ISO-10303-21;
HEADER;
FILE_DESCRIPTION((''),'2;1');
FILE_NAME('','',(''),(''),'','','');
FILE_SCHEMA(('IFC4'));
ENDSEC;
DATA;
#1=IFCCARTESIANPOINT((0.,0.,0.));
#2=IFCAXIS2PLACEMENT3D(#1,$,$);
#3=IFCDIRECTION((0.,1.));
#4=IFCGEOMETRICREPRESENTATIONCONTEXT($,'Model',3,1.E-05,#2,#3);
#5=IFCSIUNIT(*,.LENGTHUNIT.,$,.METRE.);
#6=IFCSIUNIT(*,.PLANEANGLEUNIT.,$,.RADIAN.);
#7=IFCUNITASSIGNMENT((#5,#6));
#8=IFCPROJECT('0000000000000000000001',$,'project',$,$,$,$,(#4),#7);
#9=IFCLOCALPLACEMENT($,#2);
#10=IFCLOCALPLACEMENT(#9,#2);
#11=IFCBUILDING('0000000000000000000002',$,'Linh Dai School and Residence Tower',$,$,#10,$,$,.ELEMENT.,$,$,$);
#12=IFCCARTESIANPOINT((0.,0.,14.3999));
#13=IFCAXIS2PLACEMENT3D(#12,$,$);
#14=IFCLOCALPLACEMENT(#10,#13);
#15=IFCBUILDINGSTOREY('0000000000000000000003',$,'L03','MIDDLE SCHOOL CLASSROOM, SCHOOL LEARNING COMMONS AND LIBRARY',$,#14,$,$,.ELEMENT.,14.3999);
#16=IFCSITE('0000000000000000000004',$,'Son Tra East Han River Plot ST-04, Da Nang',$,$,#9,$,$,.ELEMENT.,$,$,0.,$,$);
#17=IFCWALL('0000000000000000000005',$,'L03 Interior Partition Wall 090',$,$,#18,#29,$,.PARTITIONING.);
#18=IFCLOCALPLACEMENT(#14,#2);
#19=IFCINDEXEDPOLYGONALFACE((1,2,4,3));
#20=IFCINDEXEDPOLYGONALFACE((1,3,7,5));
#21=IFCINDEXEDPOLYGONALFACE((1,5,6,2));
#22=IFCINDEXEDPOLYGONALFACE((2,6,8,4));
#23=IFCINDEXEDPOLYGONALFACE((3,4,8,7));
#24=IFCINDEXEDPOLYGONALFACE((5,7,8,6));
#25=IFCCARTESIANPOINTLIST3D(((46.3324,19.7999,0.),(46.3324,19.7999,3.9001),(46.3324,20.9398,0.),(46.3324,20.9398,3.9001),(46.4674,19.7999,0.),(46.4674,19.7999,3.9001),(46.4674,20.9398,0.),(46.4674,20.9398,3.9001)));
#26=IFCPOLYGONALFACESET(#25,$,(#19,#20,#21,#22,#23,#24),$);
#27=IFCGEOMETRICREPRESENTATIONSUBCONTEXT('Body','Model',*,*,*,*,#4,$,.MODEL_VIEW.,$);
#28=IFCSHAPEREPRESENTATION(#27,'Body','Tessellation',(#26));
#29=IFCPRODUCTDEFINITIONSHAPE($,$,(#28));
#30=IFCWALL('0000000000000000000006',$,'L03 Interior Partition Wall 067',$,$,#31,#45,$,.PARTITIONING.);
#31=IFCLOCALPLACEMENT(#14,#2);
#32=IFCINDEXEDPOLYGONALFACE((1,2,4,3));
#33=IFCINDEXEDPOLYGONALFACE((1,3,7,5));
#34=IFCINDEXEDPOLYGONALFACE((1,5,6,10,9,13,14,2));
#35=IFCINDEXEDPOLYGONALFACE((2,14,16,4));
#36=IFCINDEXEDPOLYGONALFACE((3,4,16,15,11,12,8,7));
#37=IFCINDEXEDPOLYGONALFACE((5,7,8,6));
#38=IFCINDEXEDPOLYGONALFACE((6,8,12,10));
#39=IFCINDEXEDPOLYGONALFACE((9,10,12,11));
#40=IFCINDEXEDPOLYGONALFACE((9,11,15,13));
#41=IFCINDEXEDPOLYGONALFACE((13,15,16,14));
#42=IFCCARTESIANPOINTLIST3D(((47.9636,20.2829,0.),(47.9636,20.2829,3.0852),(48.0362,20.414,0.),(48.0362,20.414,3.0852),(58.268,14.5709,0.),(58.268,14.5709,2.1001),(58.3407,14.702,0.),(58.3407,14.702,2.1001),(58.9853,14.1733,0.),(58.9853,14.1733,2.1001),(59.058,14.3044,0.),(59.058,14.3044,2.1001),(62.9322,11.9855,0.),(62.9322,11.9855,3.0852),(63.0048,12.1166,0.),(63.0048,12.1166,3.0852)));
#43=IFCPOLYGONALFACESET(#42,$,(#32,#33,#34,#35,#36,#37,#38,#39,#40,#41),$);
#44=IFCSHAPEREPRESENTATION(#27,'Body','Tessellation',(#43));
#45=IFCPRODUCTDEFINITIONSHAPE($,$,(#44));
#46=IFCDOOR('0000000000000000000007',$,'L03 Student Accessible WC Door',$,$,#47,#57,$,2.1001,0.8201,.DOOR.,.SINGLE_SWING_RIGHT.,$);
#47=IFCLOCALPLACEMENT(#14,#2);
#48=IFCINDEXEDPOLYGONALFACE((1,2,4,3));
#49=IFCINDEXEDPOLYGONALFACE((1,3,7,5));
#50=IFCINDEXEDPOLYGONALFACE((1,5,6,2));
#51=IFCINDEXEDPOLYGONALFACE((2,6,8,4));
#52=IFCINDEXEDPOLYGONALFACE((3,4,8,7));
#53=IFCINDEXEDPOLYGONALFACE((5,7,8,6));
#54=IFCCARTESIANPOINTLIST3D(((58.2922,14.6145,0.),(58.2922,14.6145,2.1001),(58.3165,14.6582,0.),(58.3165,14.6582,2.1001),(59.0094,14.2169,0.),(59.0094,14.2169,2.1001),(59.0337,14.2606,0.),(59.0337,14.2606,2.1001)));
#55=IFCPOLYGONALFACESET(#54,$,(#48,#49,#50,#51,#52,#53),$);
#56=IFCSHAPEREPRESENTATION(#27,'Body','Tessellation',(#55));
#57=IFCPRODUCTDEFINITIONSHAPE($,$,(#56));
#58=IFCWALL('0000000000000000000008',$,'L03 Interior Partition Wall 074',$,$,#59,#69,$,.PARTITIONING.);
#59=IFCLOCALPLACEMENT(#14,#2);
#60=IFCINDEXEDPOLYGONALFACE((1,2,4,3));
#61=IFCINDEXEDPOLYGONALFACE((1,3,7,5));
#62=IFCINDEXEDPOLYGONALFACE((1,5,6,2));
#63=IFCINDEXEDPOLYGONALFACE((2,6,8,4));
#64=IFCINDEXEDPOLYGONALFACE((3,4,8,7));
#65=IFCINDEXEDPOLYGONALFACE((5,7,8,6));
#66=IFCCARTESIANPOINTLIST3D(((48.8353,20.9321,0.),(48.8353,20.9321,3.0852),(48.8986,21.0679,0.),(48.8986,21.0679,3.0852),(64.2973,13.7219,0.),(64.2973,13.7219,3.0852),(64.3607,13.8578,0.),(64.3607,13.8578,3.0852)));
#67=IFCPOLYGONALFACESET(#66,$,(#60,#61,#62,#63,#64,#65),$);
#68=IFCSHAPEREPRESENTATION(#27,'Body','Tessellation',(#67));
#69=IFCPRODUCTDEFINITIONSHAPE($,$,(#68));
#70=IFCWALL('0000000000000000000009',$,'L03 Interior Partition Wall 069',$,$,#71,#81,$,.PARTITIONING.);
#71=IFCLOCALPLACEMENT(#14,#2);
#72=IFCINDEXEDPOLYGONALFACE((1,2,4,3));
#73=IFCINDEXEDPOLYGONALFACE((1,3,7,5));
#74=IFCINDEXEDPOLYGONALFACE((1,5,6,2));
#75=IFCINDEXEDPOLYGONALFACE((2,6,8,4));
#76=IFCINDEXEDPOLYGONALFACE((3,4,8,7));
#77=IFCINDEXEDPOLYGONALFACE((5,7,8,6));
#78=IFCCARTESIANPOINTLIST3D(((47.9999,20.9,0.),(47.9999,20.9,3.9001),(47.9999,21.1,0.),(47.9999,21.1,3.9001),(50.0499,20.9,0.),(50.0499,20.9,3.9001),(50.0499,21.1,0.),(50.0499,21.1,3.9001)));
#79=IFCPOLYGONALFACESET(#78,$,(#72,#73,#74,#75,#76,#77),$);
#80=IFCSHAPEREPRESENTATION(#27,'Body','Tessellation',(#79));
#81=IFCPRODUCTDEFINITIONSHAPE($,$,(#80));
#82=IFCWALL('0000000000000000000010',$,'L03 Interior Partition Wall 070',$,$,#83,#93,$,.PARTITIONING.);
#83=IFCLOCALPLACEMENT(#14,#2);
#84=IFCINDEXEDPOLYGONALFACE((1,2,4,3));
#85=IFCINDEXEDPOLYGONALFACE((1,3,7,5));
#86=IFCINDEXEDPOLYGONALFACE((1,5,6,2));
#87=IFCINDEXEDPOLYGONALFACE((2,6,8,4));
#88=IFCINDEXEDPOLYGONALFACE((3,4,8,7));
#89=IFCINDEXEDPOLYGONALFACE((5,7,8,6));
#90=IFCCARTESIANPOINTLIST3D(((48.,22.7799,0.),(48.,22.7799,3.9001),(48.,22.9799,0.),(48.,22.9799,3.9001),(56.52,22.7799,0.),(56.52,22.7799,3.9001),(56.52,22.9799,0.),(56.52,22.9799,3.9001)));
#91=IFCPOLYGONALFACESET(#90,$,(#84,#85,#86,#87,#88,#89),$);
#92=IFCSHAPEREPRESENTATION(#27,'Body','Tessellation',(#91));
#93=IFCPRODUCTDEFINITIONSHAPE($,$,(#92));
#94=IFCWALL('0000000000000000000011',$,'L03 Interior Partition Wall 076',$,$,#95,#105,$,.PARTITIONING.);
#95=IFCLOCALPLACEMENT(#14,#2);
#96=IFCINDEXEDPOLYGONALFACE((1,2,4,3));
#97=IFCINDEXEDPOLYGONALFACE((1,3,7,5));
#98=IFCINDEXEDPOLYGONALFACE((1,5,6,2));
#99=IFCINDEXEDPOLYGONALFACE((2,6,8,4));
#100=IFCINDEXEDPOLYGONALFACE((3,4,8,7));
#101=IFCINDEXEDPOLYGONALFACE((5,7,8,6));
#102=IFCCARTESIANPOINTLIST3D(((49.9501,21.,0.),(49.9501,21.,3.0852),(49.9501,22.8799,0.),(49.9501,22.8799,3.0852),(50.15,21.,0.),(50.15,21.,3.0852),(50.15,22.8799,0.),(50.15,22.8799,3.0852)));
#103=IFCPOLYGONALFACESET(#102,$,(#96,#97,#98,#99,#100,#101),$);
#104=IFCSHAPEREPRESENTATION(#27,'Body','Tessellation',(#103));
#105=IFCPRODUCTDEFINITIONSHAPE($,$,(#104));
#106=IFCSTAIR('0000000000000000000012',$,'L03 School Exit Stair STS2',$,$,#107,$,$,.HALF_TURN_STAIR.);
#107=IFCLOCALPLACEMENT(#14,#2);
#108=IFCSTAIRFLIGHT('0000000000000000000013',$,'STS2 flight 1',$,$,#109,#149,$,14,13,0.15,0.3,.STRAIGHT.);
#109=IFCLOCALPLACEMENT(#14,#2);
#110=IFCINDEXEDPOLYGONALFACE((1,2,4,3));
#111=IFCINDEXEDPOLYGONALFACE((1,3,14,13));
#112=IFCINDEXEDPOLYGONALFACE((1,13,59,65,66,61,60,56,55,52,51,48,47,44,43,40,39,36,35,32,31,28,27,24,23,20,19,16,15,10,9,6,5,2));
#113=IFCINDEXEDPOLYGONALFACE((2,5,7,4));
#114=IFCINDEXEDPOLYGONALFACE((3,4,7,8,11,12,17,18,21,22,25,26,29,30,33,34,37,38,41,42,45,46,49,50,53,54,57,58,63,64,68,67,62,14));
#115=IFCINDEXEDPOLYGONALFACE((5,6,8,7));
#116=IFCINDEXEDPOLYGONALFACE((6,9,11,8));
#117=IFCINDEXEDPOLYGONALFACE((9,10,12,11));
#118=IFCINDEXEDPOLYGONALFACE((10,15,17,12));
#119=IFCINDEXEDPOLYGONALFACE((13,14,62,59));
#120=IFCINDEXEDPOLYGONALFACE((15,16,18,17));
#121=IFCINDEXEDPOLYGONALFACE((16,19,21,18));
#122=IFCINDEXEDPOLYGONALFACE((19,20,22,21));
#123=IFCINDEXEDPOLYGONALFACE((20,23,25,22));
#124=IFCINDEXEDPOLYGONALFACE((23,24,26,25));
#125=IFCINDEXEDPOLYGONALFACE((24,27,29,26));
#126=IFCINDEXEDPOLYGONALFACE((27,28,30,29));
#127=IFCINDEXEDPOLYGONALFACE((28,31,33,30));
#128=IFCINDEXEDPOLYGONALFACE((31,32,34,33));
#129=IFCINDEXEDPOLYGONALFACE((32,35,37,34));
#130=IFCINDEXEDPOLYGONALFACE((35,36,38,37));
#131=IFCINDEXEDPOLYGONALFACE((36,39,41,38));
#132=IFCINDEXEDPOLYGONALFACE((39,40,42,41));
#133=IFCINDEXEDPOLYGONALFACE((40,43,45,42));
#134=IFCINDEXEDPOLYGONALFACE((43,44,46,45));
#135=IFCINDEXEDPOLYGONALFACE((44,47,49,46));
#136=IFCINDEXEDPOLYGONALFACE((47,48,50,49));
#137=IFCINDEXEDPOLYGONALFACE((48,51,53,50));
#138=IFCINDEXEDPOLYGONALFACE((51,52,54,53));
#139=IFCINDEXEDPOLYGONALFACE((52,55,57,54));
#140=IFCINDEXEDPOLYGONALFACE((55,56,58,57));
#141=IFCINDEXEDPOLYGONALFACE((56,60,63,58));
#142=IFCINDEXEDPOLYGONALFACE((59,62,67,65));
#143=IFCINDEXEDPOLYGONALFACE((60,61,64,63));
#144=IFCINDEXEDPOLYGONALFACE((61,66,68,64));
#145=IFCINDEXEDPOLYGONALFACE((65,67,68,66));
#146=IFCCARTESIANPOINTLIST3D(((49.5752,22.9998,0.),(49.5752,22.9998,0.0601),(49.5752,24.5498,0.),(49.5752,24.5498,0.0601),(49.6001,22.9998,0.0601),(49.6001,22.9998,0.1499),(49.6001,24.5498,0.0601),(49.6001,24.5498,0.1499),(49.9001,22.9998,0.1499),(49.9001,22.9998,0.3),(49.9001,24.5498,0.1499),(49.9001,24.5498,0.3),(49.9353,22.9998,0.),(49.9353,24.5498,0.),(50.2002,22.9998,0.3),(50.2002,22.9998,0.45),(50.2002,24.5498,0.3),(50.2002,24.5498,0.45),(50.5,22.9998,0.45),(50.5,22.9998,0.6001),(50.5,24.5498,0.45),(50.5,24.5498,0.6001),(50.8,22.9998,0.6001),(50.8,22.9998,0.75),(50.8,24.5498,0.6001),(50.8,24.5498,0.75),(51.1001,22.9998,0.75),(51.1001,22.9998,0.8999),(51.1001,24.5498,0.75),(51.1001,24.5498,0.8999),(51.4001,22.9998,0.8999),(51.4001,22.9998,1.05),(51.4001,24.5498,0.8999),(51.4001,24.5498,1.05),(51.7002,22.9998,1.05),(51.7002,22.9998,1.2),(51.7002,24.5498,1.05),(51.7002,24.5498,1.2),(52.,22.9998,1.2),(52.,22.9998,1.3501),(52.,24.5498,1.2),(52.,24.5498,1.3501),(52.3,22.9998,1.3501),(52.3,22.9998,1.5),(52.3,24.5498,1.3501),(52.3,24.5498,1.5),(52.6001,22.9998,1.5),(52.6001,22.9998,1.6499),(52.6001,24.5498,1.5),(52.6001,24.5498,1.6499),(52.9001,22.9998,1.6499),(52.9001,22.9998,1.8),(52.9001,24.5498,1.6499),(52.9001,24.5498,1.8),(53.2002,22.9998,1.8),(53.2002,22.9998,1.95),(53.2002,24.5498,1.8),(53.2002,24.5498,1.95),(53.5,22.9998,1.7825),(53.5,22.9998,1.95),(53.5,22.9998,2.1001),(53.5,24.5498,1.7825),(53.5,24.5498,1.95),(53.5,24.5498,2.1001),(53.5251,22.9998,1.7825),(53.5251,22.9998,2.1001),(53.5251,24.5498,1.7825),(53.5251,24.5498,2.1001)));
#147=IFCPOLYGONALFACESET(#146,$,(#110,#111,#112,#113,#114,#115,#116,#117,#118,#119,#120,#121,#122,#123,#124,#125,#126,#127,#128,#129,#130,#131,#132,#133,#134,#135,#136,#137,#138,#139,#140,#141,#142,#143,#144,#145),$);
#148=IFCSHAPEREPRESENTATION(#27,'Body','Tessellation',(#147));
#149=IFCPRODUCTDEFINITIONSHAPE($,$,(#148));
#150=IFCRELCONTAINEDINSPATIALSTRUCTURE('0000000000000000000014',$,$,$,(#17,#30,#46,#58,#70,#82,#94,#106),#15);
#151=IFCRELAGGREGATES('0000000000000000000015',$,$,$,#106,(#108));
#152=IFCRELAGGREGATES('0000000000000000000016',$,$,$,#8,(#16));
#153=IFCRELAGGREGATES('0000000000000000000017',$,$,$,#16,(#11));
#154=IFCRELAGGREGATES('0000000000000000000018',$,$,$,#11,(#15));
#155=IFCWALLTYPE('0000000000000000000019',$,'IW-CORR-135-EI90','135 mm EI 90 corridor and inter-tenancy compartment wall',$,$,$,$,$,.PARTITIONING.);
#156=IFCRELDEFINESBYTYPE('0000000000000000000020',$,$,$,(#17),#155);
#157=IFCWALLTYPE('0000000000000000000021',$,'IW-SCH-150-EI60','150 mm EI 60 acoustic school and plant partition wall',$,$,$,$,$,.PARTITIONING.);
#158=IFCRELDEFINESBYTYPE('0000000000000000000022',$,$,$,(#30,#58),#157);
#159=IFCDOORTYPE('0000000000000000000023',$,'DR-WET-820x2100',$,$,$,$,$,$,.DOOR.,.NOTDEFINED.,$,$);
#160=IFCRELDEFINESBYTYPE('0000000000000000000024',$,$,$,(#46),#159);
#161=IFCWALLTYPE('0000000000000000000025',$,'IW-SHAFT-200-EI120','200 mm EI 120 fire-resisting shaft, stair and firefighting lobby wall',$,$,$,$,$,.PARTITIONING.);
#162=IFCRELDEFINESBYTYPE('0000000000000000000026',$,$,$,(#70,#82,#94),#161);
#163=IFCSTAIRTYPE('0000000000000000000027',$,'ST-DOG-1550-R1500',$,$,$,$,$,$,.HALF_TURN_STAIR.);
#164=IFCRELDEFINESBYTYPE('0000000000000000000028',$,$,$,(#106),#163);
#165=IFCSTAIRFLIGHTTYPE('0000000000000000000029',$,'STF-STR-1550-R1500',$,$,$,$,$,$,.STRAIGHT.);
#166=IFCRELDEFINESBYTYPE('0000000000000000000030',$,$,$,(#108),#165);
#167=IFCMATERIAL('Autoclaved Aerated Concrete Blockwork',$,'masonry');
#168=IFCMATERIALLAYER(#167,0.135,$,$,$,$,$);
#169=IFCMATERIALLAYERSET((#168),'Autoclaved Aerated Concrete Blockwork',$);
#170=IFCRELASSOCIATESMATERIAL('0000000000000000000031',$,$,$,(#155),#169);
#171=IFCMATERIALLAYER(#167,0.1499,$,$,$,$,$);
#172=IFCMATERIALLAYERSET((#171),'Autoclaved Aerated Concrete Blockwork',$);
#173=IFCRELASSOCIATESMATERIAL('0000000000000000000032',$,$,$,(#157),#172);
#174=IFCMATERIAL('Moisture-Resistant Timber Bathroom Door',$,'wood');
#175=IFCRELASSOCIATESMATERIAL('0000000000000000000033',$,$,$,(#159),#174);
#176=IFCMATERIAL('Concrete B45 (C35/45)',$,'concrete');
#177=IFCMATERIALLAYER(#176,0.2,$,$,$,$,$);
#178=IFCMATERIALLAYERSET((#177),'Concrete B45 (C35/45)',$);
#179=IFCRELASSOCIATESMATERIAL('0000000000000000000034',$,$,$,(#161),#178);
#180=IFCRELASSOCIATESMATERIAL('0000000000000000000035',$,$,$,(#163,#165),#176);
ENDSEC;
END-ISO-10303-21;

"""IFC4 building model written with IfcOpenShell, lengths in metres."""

from ifc_helpers import new_model, si_unit, direction, frame, frame_2d, origin, origin_2d, place, context, subcontext, project, spatial, polyline, rectangle, outline, extrude, source, transform, mapped, material, layer, layer_set, type_object, element, fill, aggregate, save


model = new_model("IFC4")

# Units and contexts
model_context = context("Model", 3, precision=1e-05, world=origin(), true_north=direction((0.0, 1.0)))
body_context = subcontext(model_context, "Body", "Model", "MODEL_VIEW")
ifc_project = project(units=[si_unit("LENGTHUNIT", "METRE"), si_unit("PLANEANGLEUNIT", "RADIAN")], contexts=[model_context])

# Site, building, storey
site_placement = place(None, origin())
site = spatial("IfcSite", under=ifc_project, at=site_placement, Name="Son Tra East Han River Plot ST-04, Da Nang", CompositionType="ELEMENT", RefElevation=0.0)
building_placement = place(site_placement, origin())
building = spatial("IfcBuilding", under=site, at=building_placement, Name="Linh Dai School and Residence Tower", CompositionType="ELEMENT")
storey_placement = place(building_placement, frame((0.0, 0.0, 14.3999)))
storey = spatial("IfcBuildingStorey", under=building, at=storey_placement, Name="L03", Description="MIDDLE SCHOOL CLASSROOM, SCHOOL LEARNING COMMONS AND LIBRARY", CompositionType="ELEMENT", Elevation=14.3999)

# Wall
ifc_material_1 = material(Name="Autoclaved Aerated Concrete Blockwork", Category="masonry")
ifc_layer_1 = layer(ifc_material_1, 0.135)
ifc_layer_set_1 = layer_set([ifc_layer_1], Name="Autoclaved Aerated Concrete Blockwork")
wall_type_1 = type_object("IfcWallType", Name="IW-CORR-135-EI90", Description="135 mm EI 90 corridor and inter-tenancy compartment wall", PredefinedType="PARTITIONING", material=ifc_layer_set_1)
wall_1_placement = place(storey_placement, frame((46.3999, 19.8, 0.0), z_axis=(0.0, 0.0, 1.0), x_axis=(0.0, 1.0, 0.0)))
element("IfcWall", 1, at=wall_1_placement, inside=storey, type_object=wall_type_1, Name="L03 Interior Partition Wall 090", PredefinedType="PARTITIONING", context=body_context, shape_type="SweptSolid", body=[
    extrude(rectangle(XDim=1.1399, YDim=0.135, at=frame_2d((0.5698, 0.0))), origin(), (0.0, 0.0, 1.0), 3.9001),
])

# Wall, opening, door
ifc_layer_2 = layer(ifc_material_1, 0.1499)
ifc_layer_set_2 = layer_set([ifc_layer_2], Name="Autoclaved Aerated Concrete Blockwork")
wall_type_2 = type_object("IfcWallType", Name="IW-SCH-150-EI60", Description="150 mm EI 60 acoustic school and plant partition wall", PredefinedType="PARTITIONING", material=ifc_layer_set_2)
wall_2_placement = place(storey_placement, frame((48.0, 20.3484, 0.0), z_axis=(0.0, 0.0, 1.0), x_axis=(0.874615, -0.484818, 0.0)))
wall_2 = element("IfcWall", 2, at=wall_2_placement, inside=storey, type_object=wall_type_2, Name="L03 Interior Partition Wall 067", PredefinedType="PARTITIONING", context=body_context, shape_type="SweptSolid", body=[
    extrude(rectangle(XDim=17.1145, YDim=0.1499, at=frame_2d((8.5571, 0.0))), origin(), (0.0, 0.0, 1.0), 3.0852),
])
opening_1_placement = place(wall_2_placement, frame((11.7815, 0.0, 0.0)))
opening_1 = element("IfcOpeningElement", 3, at=opening_1_placement, cuts=wall_2, PredefinedType="OPENING", context=body_context, shape_type="SweptSolid", body=[
    extrude(rectangle(XDim=0.8201, YDim=2.1001, at=origin_2d()), frame((0.4102, 0.085, 1.05), z_axis=(0.0, -1.0, 0.0), x_axis=(1.0, 0.0, 0.0)), (0.0, 0.0, 1.0), 0.1699),
])
ifc_material_2 = material(Name="Moisture-Resistant Timber Bathroom Door", Category="wood")
door_type_1 = type_object("IfcDoorType", Name="DR-WET-820x2100", OperationType="NOTDEFINED", PredefinedType="DOOR", material=ifc_material_2)
shared_shape_1 = source(origin(), body_context, "Body", "SweptSolid", [
    extrude(rectangle(XDim=0.8201, YDim=2.1001, at=origin_2d()), frame((0.4102, 0.0249, 1.05), z_axis=(0.0, -1.0, 0.0), x_axis=(1.0, 0.0, 0.0)), (0.0, 0.0, 1.0), 0.05),
])
door_1_placement = place(opening_1_placement, origin())
door_1 = element("IfcDoor", 4, at=door_1_placement, inside=storey, type_object=door_type_1, Name="L03 Student Accessible WC Door", OperationType="SINGLE_SWING_RIGHT", OverallHeight=2.1001, OverallWidth=0.8201, PredefinedType="DOOR", context=body_context, shape_type="MappedRepresentation", body=[
    mapped(shared_shape_1, transform((0.0, 0.0, 0.0), x_axis=(1.0, 0.0, 0.0), y_axis=(0.0, 1.0, 0.0), z_axis=(0.0, 0.0, 1.0), scale=1.0)),
])
fill(opening_1, door_1)

# Wall
wall_3_placement = place(storey_placement, frame((48.8669, 21.0, 0.0), z_axis=(0.0, 0.0, 1.0), x_axis=(0.906306, -0.422622, 0.0)))
element("IfcWall", 5, at=wall_3_placement, inside=storey, type_object=wall_type_2, Name="L03 Interior Partition Wall 074", PredefinedType="PARTITIONING", context=body_context, shape_type="SweptSolid", body=[
    extrude(rectangle(XDim=17.0605, YDim=0.1499, at=frame_2d((8.5303, 0.0))), origin(), (0.0, 0.0, 1.0), 3.0852),
])

# Shared definitions
ifc_material_3 = material(Name="Concrete B45 (C35/45)", Category="concrete")
ifc_layer_3 = layer(ifc_material_3, 0.2)
ifc_layer_set_3 = layer_set([ifc_layer_3], Name="Concrete B45 (C35/45)")
wall_type_3 = type_object("IfcWallType", Name="IW-SHAFT-200-EI120", Description="200 mm EI 120 fire-resisting shaft, stair and firefighting lobby wall", PredefinedType="PARTITIONING", material=ifc_layer_set_3)

# Walls
wall_4_placement = place(storey_placement, frame((48.0, 21.0, 0.0), z_axis=(0.0, 0.0, 1.0), x_axis=(1.0, 0.0, 0.0)))
element("IfcWall", 6, at=wall_4_placement, inside=storey, type_object=wall_type_3, Name="L03 Interior Partition Wall 069", PredefinedType="PARTITIONING", context=body_context, shape_type="SweptSolid", body=[
    extrude(rectangle(XDim=2.05, YDim=0.2, at=frame_2d((1.0249, 0.0))), origin(), (0.0, 0.0, 1.0), 3.9001),
])
wall_5_placement = place(storey_placement, frame((48.0, 22.8799, 0.0), z_axis=(0.0, 0.0, 1.0), x_axis=(1.0, 0.0, 0.0)))
element("IfcWall", 7, at=wall_5_placement, inside=storey, type_object=wall_type_3, Name="L03 Interior Partition Wall 070", PredefinedType="PARTITIONING", context=body_context, shape_type="SweptSolid", body=[
    extrude(rectangle(XDim=8.52, YDim=0.2, at=frame_2d((4.26, 0.0))), origin(), (0.0, 0.0, 1.0), 3.9001),
])
wall_6_placement = place(storey_placement, frame((50.05, 21.0, 0.0), z_axis=(0.0, 0.0, 1.0), x_axis=(0.0, 1.0, 0.0)))
element("IfcWall", 8, at=wall_6_placement, inside=storey, type_object=wall_type_3, Name="L03 Interior Partition Wall 076", PredefinedType="PARTITIONING", context=body_context, shape_type="SweptSolid", body=[
    extrude(rectangle(XDim=1.8799, YDim=0.2, at=frame_2d((0.9399, 0.0))), origin(), (0.0, 0.0, 1.0), 3.0852),
])

# Stair, stair flight
stair_type = type_object("IfcStairType", Name="ST-DOG-1550-R1500", PredefinedType="HALF_TURN_STAIR", material=ifc_material_3)
stair_placement = place(storey_placement, origin())
stair = element("IfcStair", 9, at=stair_placement, inside=storey, type_object=stair_type, Name="L03 School Exit Stair STS2", PredefinedType="HALF_TURN_STAIR")
stair_flight_type = type_object("IfcStairFlightType", Name="STF-STR-1550-R1500", PredefinedType="STRAIGHT", material=ifc_material_3)
shared_shape_2 = source(origin(), body_context, "Body", "SweptSolid", [
    extrude(outline(polyline([(-0.0249, 0.0), (-0.0249, 0.0601), (0.0, 0.0601), (0.0, 0.1499), (0.3, 0.1499), (0.3, 0.3), (0.6001, 0.3), (0.6001, 0.45), (0.8999, 0.45), (0.8999, 0.6001), (1.2, 0.6001), (1.2, 0.75), (1.5, 0.75), (1.5, 0.8999), (1.8, 0.8999), (1.8, 1.05), (2.1001, 1.05), (2.1001, 1.2), (2.3999, 1.2), (2.3999, 1.3501), (2.7, 1.3501), (2.7, 1.5), (3.0, 1.5), (3.0, 1.6499), (3.3, 1.6499), (3.3, 1.8), (3.6001, 1.8), (3.6001, 1.95), (3.8999, 1.95), (3.8999, 2.1001), (3.925, 2.1001), (3.925, 1.7825), (3.8999, 1.7825), (0.3352, 0.0), (-0.0249, 0.0)])), frame((0.0, 0.7749, 0.0), z_axis=(0.0, -1.0, 0.0), x_axis=(1.0, 0.0, 0.0)), (0.0, 0.0, 1.0), 1.55),
])
stair_flight_placement = place(storey_placement, frame((49.6001, 23.7749, 0.0), z_axis=(0.0, 0.0, 1.0), x_axis=(1.0, 0.0, 0.0)))
stair_flight = element("IfcStairFlight", 10, at=stair_flight_placement, type_object=stair_flight_type, Name="STS2 flight 1", NumberOfRisers=14, NumberOfTreads=13, PredefinedType="STRAIGHT", RiserHeight=0.15, TreadLength=0.3, context=body_context, shape_type="MappedRepresentation", body=[
    mapped(shared_shape_2, transform((0.0, 0.0, 0.0), x_axis=(1.0, 0.0, 0.0), y_axis=(0.0, 1.0, 0.0), z_axis=(0.0, 0.0, 1.0), scale=1.0)),
])
aggregate(stair, [stair_flight])

save(model, "model.ifc")
